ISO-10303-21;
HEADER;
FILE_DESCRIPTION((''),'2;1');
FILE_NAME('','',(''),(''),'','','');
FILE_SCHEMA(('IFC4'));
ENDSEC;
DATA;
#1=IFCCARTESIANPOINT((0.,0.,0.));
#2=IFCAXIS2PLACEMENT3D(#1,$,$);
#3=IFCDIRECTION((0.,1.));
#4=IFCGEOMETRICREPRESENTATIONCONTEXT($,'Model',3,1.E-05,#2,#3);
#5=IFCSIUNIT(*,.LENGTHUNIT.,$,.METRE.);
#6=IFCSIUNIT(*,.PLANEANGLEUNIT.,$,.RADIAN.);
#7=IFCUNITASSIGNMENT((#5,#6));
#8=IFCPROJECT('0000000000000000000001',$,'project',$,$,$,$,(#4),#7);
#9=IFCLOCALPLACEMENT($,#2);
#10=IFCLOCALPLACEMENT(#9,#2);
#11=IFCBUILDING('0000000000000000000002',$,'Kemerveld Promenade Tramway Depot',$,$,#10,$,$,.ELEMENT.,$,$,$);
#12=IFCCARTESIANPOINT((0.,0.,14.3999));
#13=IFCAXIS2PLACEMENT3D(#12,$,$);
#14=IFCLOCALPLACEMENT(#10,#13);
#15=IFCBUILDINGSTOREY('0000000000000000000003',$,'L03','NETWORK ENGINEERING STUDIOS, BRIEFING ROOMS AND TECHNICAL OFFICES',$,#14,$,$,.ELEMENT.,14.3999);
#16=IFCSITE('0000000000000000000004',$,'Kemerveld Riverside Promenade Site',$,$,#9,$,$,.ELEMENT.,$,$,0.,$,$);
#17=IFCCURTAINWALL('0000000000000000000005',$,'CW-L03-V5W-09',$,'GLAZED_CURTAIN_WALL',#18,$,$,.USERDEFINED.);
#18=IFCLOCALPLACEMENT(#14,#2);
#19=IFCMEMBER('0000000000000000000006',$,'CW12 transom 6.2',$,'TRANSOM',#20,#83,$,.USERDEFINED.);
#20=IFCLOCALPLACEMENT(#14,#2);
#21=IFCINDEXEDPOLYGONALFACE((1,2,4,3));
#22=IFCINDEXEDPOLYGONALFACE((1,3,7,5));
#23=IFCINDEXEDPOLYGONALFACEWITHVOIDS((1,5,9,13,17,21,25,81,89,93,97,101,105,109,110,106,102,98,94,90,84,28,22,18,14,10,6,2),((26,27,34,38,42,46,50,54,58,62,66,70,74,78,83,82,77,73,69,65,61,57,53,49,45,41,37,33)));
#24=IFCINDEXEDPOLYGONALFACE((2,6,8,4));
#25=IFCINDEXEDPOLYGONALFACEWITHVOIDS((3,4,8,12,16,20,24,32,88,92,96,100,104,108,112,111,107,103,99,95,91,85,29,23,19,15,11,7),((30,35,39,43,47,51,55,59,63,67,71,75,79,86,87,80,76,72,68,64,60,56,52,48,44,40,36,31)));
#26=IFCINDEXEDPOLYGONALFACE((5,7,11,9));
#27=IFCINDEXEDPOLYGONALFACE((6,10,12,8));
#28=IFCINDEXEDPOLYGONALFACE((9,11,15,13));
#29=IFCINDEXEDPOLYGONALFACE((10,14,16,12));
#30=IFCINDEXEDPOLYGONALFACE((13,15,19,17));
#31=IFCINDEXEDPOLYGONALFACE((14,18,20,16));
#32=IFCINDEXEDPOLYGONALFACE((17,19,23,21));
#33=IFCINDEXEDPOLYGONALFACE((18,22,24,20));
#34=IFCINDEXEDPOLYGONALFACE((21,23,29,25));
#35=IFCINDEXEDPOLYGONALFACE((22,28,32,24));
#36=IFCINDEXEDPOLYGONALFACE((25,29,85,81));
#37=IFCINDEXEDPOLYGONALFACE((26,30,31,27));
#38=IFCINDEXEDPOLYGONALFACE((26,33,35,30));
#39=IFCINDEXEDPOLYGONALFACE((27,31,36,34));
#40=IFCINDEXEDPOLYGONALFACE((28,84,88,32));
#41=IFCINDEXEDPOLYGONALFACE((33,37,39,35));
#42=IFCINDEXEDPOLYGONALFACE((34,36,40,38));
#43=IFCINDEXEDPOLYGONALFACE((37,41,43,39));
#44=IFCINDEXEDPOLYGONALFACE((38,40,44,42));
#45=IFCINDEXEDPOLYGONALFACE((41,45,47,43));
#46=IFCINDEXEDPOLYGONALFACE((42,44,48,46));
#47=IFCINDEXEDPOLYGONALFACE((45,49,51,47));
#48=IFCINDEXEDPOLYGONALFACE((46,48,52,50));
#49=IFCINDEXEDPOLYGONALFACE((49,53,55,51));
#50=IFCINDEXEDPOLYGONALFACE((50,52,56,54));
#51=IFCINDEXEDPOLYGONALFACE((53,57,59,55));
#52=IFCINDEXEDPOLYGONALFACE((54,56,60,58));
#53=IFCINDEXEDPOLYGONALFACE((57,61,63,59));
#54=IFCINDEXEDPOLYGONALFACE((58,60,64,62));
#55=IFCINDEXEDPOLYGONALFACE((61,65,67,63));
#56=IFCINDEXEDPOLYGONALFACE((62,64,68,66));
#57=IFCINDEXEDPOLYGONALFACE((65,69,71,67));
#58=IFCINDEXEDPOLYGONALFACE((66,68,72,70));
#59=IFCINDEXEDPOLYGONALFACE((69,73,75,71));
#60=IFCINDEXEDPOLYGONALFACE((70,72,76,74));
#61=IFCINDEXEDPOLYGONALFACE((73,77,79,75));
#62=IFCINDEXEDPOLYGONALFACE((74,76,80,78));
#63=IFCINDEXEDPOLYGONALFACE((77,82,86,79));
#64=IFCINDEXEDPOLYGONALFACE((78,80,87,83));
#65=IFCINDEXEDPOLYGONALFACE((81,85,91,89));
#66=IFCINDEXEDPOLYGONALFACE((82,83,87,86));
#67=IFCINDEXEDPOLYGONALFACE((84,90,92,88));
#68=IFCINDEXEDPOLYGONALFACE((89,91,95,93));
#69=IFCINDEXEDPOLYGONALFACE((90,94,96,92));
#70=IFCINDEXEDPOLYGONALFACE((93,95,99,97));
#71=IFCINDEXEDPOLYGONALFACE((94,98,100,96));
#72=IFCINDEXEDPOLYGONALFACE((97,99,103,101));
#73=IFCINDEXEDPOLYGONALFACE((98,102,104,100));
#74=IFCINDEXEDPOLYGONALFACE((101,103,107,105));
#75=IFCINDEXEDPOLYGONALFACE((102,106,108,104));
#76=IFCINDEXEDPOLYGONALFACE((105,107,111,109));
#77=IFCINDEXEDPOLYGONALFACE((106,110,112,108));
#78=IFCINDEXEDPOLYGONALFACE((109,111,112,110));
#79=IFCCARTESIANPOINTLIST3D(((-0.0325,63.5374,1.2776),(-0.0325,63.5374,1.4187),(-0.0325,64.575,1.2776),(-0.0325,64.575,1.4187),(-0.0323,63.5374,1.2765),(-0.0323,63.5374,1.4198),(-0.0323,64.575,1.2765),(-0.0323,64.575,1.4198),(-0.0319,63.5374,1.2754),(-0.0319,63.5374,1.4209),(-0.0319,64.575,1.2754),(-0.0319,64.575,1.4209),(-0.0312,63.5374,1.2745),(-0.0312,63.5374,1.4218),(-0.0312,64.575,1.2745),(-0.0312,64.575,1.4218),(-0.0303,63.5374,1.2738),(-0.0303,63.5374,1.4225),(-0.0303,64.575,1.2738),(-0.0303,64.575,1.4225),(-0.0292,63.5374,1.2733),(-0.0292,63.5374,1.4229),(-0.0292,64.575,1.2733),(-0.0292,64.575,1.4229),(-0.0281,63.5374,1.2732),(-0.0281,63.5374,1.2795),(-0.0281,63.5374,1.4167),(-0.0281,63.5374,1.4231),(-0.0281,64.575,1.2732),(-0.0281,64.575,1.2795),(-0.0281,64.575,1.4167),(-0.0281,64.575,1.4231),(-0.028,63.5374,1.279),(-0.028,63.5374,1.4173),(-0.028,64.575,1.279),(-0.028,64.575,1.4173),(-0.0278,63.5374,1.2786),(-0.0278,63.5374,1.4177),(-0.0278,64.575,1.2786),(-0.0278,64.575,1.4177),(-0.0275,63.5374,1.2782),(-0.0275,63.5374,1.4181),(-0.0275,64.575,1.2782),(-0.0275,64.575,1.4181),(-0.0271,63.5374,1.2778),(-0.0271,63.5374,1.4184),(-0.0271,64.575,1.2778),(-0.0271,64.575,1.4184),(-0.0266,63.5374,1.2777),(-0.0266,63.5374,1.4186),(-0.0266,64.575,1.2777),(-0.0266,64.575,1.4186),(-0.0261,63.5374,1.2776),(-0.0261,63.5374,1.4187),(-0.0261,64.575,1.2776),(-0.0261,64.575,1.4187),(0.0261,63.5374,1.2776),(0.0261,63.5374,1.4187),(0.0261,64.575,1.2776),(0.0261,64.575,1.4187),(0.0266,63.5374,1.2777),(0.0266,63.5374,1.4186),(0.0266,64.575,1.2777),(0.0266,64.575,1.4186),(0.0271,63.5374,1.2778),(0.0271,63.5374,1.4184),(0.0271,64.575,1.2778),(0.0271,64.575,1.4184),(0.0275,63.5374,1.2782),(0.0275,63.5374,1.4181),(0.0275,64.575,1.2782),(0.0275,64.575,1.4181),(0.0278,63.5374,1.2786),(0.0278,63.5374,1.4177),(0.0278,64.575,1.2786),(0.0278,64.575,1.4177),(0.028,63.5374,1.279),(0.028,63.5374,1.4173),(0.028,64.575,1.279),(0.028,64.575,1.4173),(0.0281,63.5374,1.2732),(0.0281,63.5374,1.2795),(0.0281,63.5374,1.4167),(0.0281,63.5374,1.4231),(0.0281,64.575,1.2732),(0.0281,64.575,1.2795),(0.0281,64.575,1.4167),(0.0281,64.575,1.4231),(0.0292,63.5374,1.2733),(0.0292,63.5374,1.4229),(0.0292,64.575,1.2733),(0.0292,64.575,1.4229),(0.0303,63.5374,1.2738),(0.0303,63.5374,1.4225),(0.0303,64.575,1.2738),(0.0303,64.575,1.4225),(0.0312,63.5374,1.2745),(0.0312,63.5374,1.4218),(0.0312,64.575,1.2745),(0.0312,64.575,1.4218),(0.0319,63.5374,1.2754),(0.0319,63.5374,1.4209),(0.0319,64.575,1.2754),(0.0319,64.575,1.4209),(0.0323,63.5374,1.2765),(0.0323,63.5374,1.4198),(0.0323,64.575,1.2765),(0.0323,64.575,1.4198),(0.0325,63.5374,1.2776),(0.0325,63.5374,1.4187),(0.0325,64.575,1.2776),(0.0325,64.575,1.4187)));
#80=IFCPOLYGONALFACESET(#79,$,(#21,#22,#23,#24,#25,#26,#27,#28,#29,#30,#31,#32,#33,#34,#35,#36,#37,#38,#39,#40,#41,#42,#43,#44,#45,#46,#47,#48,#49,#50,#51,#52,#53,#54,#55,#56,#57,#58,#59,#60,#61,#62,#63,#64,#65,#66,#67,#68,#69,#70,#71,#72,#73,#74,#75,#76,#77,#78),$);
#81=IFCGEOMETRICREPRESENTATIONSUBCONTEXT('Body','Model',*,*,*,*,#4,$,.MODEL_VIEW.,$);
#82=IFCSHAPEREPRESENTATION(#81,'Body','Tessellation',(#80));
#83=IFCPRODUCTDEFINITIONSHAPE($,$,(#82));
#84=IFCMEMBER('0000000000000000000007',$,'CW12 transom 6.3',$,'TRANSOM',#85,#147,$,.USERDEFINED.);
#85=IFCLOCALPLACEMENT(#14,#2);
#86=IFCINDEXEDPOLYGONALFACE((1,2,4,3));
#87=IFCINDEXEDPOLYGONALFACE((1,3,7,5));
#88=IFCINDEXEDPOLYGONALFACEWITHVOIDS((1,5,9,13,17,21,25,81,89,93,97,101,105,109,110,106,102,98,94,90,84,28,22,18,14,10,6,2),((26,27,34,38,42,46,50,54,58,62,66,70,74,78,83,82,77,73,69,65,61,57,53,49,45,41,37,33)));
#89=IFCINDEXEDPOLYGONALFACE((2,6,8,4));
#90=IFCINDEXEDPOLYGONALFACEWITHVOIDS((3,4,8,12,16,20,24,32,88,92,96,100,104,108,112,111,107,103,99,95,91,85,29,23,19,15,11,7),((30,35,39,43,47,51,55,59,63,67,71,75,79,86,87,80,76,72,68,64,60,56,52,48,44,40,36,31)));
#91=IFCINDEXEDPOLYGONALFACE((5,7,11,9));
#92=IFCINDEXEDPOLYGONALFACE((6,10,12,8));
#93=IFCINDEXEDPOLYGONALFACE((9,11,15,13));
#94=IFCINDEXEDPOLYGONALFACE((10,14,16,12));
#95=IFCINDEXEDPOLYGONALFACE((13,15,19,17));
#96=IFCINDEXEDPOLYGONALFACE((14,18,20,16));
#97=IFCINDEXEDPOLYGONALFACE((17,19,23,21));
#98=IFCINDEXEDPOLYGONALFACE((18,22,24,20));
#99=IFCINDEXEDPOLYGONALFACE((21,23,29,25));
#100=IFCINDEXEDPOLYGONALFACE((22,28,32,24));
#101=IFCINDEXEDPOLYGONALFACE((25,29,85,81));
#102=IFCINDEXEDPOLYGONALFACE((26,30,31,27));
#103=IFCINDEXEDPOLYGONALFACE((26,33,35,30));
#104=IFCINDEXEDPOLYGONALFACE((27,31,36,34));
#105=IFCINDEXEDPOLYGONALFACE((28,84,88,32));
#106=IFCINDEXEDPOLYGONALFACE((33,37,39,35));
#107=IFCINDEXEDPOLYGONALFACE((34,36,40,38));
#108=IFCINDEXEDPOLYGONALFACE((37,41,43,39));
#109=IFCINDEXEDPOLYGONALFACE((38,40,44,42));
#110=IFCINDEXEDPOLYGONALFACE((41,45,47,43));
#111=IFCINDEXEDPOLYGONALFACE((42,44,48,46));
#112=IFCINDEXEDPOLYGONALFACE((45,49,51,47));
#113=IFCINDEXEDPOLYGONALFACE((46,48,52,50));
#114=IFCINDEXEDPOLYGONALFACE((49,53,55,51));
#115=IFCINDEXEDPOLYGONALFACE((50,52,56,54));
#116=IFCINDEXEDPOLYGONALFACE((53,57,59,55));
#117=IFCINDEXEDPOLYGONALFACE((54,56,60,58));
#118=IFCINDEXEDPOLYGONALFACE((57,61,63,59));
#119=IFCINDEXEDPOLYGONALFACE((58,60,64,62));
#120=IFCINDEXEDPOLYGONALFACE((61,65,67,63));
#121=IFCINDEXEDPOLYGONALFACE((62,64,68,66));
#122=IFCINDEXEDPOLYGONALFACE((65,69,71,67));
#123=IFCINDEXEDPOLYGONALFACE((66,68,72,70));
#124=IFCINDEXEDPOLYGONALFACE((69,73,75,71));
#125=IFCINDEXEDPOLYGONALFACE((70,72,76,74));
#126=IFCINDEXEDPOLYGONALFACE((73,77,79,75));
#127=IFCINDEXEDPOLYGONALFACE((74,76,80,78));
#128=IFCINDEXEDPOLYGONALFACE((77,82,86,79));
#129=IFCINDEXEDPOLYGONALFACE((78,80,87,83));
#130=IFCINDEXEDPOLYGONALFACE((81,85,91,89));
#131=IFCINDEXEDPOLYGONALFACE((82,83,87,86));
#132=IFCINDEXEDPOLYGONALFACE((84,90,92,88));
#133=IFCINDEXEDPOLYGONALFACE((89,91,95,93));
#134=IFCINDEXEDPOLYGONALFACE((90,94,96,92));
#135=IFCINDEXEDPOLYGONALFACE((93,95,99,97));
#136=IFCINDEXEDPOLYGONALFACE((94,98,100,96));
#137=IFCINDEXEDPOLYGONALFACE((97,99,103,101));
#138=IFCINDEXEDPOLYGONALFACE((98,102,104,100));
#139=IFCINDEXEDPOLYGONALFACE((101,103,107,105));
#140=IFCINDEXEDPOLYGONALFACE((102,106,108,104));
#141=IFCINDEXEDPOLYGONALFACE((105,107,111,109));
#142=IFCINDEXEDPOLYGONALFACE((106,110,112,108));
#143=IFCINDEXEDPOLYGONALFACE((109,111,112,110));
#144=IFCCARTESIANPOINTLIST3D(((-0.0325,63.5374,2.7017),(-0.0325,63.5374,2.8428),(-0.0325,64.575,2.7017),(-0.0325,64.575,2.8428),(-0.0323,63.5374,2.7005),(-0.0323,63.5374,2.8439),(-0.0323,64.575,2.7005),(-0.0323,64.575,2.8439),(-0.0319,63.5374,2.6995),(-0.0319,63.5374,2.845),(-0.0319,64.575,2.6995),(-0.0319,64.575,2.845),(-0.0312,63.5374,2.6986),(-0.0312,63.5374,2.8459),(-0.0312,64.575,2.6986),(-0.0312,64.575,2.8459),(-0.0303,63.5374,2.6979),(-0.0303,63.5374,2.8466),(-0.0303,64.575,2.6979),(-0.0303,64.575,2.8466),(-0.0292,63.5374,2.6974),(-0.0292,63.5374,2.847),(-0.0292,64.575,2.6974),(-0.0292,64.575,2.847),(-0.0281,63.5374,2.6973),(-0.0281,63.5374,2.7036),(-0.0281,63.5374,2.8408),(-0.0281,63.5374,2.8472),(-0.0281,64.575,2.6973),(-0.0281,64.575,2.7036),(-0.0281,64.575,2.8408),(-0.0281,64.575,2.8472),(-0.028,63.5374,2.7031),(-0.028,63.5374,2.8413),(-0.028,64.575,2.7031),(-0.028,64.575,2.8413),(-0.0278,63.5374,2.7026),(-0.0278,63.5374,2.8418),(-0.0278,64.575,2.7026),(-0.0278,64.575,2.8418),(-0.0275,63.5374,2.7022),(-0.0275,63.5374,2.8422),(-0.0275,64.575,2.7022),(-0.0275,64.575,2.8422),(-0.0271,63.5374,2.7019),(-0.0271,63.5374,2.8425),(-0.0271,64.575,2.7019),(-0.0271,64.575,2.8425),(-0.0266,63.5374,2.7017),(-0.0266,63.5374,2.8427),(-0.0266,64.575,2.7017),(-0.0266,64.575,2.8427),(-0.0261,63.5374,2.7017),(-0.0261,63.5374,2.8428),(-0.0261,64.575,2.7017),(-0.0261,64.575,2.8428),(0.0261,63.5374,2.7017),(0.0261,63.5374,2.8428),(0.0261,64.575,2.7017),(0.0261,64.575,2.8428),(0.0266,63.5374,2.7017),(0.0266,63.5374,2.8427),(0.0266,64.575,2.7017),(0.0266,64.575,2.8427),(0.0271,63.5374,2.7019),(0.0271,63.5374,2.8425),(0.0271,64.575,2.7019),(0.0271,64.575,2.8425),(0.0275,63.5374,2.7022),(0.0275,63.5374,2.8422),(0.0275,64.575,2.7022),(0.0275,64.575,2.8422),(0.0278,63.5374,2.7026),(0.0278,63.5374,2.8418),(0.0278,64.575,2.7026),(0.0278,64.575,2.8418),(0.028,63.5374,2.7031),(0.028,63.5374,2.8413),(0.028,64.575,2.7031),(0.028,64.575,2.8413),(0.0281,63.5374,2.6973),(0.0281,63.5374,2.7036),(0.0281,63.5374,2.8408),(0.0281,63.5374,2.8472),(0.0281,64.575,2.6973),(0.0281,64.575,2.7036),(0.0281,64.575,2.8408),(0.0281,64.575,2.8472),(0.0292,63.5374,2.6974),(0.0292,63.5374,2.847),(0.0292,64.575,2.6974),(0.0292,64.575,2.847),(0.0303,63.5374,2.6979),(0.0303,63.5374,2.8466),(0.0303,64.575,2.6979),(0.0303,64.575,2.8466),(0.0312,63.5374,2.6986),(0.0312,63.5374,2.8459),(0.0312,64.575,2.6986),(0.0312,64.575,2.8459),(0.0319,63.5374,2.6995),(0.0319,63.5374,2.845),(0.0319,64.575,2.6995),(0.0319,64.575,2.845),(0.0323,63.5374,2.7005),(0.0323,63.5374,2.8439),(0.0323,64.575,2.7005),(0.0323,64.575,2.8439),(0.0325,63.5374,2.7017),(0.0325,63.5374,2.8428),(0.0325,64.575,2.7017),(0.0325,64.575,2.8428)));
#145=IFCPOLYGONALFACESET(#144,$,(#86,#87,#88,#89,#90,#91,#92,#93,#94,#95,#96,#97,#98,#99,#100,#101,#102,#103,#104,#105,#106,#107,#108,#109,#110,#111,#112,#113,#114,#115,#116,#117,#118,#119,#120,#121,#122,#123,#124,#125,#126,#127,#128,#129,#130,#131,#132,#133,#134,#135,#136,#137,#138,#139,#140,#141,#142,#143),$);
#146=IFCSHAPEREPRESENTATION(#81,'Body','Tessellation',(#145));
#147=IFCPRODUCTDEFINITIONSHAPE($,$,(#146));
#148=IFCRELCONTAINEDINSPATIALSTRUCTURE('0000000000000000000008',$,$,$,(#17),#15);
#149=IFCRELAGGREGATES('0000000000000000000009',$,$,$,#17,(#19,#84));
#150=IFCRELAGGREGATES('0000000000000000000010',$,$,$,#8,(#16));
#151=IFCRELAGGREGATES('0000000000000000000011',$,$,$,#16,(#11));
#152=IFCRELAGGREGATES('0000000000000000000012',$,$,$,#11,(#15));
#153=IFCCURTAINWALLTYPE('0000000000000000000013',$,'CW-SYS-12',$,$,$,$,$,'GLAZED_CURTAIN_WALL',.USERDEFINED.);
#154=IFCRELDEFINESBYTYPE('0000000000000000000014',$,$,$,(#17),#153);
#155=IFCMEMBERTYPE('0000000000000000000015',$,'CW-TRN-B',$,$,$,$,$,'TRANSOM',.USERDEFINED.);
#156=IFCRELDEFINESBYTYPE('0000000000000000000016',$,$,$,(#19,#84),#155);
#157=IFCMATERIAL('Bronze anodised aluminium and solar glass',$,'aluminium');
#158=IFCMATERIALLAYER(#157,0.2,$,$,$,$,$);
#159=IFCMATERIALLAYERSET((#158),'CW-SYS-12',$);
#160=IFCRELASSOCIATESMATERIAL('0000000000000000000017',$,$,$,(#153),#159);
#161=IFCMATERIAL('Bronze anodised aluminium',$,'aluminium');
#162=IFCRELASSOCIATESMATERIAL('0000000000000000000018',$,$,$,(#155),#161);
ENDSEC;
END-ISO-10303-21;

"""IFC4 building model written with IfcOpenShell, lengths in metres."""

from ifc_helpers import new_model, si_unit, direction, frame, origin, origin_2d, place, context, subcontext, project, spatial, hollow_rectangle, extrude, material, layer, layer_set, material_profile, profile_set, type_object, element, aggregate, save


model = new_model("IFC4")

# Units and contexts
model_context = context("Model", 3, precision=1e-05, world=origin(), true_north=direction((0.0, 1.0)))
body_context = subcontext(model_context, "Body", "Model", "MODEL_VIEW")
ifc_project = project(units=[si_unit("LENGTHUNIT", "METRE"), si_unit("PLANEANGLEUNIT", "RADIAN")], contexts=[model_context])

# Site, building, storey
site_placement = place(None, origin())
site = spatial("IfcSite", under=ifc_project, at=site_placement, Name="Kemerveld Riverside Promenade Site", CompositionType="ELEMENT", RefElevation=0.0)
building_placement = place(site_placement, origin())
building = spatial("IfcBuilding", under=site, at=building_placement, Name="Kemerveld Promenade Tramway Depot", CompositionType="ELEMENT")
storey_placement = place(building_placement, frame((0.0, 0.0, 14.3999)))
storey = spatial("IfcBuildingStorey", under=building, at=storey_placement, Name="L03", Description="NETWORK ENGINEERING STUDIOS, BRIEFING ROOMS AND TECHNICAL OFFICES", CompositionType="ELEMENT", Elevation=14.3999)

# Curtain wall, members
ifc_material_1 = material(Name="Bronze anodised aluminium and solar glass", Category="aluminium")
ifc_layer_1 = layer(ifc_material_1, 0.2)
ifc_layer_set_1 = layer_set([ifc_layer_1], Name="CW-SYS-12")
curtain_wall_type = type_object("IfcCurtainWallType", Name="CW-SYS-12", ElementType="GLAZED_CURTAIN_WALL", PredefinedType="USERDEFINED", material=ifc_layer_set_1)
curtain_wall_placement = place(storey_placement, origin())
curtain_wall = element("IfcCurtainWall", 1, at=curtain_wall_placement, inside=storey, type_object=curtain_wall_type, Name="CW-L03-V5W-09", ObjectType="GLAZED_CURTAIN_WALL", PredefinedType="USERDEFINED")
ifc_material_2 = material(Name="Bronze anodised aluminium", Category="aluminium")
ifc_material_profile_1 = material_profile(ifc_material_2, hollow_rectangle(XDim=0.0649, YDim=0.1499, WallThickness=0.0044, InnerFilletRadius=0.002, OuterFilletRadius=0.0044, at=origin_2d()), Name="CW-TRN-150x65")
ifc_profile_set_1 = profile_set([ifc_material_profile_1], Name="Bronze anodised aluminium")
member_type_1 = type_object("IfcMemberType", Name="CW-TRN-B", ElementType="TRANSOM", PredefinedType="USERDEFINED", material=ifc_profile_set_1)
member_1_placement = place(storey_placement, frame((0.0, 63.5374, 1.3481), z_axis=(0.0, 1.0, 0.0), x_axis=(-1.0, 0.0, 0.0)))
member_1 = element("IfcMember", 2, at=member_1_placement, type_object=member_type_1, Name="CW12 transom 6.2", ObjectType="TRANSOM", PredefinedType="USERDEFINED", context=body_context, shape_type="SweptSolid", body=[
    extrude(hollow_rectangle(XDim=0.0649, YDim=0.1499, WallThickness=0.0044, InnerFilletRadius=0.002, OuterFilletRadius=0.0044, at=origin_2d()), origin(), (0.0, 0.0, 1.0), 1.0376),
])
member_2_placement = place(storey_placement, frame((0.0, 63.5374, 2.7722), z_axis=(0.0, 1.0, 0.0), x_axis=(-1.0, 0.0, 0.0)))
member_2 = element("IfcMember", 3, at=member_2_placement, type_object=member_type_1, Name="CW12 transom 6.3", ObjectType="TRANSOM", PredefinedType="USERDEFINED", context=body_context, shape_type="SweptSolid", body=[
    extrude(hollow_rectangle(XDim=0.0649, YDim=0.1499, WallThickness=0.0044, InnerFilletRadius=0.002, OuterFilletRadius=0.0044, at=origin_2d()), origin(), (0.0, 0.0, 1.0), 1.0376),
])
aggregate(curtain_wall, [member_1, member_2])

save(model, "model.ifc")
